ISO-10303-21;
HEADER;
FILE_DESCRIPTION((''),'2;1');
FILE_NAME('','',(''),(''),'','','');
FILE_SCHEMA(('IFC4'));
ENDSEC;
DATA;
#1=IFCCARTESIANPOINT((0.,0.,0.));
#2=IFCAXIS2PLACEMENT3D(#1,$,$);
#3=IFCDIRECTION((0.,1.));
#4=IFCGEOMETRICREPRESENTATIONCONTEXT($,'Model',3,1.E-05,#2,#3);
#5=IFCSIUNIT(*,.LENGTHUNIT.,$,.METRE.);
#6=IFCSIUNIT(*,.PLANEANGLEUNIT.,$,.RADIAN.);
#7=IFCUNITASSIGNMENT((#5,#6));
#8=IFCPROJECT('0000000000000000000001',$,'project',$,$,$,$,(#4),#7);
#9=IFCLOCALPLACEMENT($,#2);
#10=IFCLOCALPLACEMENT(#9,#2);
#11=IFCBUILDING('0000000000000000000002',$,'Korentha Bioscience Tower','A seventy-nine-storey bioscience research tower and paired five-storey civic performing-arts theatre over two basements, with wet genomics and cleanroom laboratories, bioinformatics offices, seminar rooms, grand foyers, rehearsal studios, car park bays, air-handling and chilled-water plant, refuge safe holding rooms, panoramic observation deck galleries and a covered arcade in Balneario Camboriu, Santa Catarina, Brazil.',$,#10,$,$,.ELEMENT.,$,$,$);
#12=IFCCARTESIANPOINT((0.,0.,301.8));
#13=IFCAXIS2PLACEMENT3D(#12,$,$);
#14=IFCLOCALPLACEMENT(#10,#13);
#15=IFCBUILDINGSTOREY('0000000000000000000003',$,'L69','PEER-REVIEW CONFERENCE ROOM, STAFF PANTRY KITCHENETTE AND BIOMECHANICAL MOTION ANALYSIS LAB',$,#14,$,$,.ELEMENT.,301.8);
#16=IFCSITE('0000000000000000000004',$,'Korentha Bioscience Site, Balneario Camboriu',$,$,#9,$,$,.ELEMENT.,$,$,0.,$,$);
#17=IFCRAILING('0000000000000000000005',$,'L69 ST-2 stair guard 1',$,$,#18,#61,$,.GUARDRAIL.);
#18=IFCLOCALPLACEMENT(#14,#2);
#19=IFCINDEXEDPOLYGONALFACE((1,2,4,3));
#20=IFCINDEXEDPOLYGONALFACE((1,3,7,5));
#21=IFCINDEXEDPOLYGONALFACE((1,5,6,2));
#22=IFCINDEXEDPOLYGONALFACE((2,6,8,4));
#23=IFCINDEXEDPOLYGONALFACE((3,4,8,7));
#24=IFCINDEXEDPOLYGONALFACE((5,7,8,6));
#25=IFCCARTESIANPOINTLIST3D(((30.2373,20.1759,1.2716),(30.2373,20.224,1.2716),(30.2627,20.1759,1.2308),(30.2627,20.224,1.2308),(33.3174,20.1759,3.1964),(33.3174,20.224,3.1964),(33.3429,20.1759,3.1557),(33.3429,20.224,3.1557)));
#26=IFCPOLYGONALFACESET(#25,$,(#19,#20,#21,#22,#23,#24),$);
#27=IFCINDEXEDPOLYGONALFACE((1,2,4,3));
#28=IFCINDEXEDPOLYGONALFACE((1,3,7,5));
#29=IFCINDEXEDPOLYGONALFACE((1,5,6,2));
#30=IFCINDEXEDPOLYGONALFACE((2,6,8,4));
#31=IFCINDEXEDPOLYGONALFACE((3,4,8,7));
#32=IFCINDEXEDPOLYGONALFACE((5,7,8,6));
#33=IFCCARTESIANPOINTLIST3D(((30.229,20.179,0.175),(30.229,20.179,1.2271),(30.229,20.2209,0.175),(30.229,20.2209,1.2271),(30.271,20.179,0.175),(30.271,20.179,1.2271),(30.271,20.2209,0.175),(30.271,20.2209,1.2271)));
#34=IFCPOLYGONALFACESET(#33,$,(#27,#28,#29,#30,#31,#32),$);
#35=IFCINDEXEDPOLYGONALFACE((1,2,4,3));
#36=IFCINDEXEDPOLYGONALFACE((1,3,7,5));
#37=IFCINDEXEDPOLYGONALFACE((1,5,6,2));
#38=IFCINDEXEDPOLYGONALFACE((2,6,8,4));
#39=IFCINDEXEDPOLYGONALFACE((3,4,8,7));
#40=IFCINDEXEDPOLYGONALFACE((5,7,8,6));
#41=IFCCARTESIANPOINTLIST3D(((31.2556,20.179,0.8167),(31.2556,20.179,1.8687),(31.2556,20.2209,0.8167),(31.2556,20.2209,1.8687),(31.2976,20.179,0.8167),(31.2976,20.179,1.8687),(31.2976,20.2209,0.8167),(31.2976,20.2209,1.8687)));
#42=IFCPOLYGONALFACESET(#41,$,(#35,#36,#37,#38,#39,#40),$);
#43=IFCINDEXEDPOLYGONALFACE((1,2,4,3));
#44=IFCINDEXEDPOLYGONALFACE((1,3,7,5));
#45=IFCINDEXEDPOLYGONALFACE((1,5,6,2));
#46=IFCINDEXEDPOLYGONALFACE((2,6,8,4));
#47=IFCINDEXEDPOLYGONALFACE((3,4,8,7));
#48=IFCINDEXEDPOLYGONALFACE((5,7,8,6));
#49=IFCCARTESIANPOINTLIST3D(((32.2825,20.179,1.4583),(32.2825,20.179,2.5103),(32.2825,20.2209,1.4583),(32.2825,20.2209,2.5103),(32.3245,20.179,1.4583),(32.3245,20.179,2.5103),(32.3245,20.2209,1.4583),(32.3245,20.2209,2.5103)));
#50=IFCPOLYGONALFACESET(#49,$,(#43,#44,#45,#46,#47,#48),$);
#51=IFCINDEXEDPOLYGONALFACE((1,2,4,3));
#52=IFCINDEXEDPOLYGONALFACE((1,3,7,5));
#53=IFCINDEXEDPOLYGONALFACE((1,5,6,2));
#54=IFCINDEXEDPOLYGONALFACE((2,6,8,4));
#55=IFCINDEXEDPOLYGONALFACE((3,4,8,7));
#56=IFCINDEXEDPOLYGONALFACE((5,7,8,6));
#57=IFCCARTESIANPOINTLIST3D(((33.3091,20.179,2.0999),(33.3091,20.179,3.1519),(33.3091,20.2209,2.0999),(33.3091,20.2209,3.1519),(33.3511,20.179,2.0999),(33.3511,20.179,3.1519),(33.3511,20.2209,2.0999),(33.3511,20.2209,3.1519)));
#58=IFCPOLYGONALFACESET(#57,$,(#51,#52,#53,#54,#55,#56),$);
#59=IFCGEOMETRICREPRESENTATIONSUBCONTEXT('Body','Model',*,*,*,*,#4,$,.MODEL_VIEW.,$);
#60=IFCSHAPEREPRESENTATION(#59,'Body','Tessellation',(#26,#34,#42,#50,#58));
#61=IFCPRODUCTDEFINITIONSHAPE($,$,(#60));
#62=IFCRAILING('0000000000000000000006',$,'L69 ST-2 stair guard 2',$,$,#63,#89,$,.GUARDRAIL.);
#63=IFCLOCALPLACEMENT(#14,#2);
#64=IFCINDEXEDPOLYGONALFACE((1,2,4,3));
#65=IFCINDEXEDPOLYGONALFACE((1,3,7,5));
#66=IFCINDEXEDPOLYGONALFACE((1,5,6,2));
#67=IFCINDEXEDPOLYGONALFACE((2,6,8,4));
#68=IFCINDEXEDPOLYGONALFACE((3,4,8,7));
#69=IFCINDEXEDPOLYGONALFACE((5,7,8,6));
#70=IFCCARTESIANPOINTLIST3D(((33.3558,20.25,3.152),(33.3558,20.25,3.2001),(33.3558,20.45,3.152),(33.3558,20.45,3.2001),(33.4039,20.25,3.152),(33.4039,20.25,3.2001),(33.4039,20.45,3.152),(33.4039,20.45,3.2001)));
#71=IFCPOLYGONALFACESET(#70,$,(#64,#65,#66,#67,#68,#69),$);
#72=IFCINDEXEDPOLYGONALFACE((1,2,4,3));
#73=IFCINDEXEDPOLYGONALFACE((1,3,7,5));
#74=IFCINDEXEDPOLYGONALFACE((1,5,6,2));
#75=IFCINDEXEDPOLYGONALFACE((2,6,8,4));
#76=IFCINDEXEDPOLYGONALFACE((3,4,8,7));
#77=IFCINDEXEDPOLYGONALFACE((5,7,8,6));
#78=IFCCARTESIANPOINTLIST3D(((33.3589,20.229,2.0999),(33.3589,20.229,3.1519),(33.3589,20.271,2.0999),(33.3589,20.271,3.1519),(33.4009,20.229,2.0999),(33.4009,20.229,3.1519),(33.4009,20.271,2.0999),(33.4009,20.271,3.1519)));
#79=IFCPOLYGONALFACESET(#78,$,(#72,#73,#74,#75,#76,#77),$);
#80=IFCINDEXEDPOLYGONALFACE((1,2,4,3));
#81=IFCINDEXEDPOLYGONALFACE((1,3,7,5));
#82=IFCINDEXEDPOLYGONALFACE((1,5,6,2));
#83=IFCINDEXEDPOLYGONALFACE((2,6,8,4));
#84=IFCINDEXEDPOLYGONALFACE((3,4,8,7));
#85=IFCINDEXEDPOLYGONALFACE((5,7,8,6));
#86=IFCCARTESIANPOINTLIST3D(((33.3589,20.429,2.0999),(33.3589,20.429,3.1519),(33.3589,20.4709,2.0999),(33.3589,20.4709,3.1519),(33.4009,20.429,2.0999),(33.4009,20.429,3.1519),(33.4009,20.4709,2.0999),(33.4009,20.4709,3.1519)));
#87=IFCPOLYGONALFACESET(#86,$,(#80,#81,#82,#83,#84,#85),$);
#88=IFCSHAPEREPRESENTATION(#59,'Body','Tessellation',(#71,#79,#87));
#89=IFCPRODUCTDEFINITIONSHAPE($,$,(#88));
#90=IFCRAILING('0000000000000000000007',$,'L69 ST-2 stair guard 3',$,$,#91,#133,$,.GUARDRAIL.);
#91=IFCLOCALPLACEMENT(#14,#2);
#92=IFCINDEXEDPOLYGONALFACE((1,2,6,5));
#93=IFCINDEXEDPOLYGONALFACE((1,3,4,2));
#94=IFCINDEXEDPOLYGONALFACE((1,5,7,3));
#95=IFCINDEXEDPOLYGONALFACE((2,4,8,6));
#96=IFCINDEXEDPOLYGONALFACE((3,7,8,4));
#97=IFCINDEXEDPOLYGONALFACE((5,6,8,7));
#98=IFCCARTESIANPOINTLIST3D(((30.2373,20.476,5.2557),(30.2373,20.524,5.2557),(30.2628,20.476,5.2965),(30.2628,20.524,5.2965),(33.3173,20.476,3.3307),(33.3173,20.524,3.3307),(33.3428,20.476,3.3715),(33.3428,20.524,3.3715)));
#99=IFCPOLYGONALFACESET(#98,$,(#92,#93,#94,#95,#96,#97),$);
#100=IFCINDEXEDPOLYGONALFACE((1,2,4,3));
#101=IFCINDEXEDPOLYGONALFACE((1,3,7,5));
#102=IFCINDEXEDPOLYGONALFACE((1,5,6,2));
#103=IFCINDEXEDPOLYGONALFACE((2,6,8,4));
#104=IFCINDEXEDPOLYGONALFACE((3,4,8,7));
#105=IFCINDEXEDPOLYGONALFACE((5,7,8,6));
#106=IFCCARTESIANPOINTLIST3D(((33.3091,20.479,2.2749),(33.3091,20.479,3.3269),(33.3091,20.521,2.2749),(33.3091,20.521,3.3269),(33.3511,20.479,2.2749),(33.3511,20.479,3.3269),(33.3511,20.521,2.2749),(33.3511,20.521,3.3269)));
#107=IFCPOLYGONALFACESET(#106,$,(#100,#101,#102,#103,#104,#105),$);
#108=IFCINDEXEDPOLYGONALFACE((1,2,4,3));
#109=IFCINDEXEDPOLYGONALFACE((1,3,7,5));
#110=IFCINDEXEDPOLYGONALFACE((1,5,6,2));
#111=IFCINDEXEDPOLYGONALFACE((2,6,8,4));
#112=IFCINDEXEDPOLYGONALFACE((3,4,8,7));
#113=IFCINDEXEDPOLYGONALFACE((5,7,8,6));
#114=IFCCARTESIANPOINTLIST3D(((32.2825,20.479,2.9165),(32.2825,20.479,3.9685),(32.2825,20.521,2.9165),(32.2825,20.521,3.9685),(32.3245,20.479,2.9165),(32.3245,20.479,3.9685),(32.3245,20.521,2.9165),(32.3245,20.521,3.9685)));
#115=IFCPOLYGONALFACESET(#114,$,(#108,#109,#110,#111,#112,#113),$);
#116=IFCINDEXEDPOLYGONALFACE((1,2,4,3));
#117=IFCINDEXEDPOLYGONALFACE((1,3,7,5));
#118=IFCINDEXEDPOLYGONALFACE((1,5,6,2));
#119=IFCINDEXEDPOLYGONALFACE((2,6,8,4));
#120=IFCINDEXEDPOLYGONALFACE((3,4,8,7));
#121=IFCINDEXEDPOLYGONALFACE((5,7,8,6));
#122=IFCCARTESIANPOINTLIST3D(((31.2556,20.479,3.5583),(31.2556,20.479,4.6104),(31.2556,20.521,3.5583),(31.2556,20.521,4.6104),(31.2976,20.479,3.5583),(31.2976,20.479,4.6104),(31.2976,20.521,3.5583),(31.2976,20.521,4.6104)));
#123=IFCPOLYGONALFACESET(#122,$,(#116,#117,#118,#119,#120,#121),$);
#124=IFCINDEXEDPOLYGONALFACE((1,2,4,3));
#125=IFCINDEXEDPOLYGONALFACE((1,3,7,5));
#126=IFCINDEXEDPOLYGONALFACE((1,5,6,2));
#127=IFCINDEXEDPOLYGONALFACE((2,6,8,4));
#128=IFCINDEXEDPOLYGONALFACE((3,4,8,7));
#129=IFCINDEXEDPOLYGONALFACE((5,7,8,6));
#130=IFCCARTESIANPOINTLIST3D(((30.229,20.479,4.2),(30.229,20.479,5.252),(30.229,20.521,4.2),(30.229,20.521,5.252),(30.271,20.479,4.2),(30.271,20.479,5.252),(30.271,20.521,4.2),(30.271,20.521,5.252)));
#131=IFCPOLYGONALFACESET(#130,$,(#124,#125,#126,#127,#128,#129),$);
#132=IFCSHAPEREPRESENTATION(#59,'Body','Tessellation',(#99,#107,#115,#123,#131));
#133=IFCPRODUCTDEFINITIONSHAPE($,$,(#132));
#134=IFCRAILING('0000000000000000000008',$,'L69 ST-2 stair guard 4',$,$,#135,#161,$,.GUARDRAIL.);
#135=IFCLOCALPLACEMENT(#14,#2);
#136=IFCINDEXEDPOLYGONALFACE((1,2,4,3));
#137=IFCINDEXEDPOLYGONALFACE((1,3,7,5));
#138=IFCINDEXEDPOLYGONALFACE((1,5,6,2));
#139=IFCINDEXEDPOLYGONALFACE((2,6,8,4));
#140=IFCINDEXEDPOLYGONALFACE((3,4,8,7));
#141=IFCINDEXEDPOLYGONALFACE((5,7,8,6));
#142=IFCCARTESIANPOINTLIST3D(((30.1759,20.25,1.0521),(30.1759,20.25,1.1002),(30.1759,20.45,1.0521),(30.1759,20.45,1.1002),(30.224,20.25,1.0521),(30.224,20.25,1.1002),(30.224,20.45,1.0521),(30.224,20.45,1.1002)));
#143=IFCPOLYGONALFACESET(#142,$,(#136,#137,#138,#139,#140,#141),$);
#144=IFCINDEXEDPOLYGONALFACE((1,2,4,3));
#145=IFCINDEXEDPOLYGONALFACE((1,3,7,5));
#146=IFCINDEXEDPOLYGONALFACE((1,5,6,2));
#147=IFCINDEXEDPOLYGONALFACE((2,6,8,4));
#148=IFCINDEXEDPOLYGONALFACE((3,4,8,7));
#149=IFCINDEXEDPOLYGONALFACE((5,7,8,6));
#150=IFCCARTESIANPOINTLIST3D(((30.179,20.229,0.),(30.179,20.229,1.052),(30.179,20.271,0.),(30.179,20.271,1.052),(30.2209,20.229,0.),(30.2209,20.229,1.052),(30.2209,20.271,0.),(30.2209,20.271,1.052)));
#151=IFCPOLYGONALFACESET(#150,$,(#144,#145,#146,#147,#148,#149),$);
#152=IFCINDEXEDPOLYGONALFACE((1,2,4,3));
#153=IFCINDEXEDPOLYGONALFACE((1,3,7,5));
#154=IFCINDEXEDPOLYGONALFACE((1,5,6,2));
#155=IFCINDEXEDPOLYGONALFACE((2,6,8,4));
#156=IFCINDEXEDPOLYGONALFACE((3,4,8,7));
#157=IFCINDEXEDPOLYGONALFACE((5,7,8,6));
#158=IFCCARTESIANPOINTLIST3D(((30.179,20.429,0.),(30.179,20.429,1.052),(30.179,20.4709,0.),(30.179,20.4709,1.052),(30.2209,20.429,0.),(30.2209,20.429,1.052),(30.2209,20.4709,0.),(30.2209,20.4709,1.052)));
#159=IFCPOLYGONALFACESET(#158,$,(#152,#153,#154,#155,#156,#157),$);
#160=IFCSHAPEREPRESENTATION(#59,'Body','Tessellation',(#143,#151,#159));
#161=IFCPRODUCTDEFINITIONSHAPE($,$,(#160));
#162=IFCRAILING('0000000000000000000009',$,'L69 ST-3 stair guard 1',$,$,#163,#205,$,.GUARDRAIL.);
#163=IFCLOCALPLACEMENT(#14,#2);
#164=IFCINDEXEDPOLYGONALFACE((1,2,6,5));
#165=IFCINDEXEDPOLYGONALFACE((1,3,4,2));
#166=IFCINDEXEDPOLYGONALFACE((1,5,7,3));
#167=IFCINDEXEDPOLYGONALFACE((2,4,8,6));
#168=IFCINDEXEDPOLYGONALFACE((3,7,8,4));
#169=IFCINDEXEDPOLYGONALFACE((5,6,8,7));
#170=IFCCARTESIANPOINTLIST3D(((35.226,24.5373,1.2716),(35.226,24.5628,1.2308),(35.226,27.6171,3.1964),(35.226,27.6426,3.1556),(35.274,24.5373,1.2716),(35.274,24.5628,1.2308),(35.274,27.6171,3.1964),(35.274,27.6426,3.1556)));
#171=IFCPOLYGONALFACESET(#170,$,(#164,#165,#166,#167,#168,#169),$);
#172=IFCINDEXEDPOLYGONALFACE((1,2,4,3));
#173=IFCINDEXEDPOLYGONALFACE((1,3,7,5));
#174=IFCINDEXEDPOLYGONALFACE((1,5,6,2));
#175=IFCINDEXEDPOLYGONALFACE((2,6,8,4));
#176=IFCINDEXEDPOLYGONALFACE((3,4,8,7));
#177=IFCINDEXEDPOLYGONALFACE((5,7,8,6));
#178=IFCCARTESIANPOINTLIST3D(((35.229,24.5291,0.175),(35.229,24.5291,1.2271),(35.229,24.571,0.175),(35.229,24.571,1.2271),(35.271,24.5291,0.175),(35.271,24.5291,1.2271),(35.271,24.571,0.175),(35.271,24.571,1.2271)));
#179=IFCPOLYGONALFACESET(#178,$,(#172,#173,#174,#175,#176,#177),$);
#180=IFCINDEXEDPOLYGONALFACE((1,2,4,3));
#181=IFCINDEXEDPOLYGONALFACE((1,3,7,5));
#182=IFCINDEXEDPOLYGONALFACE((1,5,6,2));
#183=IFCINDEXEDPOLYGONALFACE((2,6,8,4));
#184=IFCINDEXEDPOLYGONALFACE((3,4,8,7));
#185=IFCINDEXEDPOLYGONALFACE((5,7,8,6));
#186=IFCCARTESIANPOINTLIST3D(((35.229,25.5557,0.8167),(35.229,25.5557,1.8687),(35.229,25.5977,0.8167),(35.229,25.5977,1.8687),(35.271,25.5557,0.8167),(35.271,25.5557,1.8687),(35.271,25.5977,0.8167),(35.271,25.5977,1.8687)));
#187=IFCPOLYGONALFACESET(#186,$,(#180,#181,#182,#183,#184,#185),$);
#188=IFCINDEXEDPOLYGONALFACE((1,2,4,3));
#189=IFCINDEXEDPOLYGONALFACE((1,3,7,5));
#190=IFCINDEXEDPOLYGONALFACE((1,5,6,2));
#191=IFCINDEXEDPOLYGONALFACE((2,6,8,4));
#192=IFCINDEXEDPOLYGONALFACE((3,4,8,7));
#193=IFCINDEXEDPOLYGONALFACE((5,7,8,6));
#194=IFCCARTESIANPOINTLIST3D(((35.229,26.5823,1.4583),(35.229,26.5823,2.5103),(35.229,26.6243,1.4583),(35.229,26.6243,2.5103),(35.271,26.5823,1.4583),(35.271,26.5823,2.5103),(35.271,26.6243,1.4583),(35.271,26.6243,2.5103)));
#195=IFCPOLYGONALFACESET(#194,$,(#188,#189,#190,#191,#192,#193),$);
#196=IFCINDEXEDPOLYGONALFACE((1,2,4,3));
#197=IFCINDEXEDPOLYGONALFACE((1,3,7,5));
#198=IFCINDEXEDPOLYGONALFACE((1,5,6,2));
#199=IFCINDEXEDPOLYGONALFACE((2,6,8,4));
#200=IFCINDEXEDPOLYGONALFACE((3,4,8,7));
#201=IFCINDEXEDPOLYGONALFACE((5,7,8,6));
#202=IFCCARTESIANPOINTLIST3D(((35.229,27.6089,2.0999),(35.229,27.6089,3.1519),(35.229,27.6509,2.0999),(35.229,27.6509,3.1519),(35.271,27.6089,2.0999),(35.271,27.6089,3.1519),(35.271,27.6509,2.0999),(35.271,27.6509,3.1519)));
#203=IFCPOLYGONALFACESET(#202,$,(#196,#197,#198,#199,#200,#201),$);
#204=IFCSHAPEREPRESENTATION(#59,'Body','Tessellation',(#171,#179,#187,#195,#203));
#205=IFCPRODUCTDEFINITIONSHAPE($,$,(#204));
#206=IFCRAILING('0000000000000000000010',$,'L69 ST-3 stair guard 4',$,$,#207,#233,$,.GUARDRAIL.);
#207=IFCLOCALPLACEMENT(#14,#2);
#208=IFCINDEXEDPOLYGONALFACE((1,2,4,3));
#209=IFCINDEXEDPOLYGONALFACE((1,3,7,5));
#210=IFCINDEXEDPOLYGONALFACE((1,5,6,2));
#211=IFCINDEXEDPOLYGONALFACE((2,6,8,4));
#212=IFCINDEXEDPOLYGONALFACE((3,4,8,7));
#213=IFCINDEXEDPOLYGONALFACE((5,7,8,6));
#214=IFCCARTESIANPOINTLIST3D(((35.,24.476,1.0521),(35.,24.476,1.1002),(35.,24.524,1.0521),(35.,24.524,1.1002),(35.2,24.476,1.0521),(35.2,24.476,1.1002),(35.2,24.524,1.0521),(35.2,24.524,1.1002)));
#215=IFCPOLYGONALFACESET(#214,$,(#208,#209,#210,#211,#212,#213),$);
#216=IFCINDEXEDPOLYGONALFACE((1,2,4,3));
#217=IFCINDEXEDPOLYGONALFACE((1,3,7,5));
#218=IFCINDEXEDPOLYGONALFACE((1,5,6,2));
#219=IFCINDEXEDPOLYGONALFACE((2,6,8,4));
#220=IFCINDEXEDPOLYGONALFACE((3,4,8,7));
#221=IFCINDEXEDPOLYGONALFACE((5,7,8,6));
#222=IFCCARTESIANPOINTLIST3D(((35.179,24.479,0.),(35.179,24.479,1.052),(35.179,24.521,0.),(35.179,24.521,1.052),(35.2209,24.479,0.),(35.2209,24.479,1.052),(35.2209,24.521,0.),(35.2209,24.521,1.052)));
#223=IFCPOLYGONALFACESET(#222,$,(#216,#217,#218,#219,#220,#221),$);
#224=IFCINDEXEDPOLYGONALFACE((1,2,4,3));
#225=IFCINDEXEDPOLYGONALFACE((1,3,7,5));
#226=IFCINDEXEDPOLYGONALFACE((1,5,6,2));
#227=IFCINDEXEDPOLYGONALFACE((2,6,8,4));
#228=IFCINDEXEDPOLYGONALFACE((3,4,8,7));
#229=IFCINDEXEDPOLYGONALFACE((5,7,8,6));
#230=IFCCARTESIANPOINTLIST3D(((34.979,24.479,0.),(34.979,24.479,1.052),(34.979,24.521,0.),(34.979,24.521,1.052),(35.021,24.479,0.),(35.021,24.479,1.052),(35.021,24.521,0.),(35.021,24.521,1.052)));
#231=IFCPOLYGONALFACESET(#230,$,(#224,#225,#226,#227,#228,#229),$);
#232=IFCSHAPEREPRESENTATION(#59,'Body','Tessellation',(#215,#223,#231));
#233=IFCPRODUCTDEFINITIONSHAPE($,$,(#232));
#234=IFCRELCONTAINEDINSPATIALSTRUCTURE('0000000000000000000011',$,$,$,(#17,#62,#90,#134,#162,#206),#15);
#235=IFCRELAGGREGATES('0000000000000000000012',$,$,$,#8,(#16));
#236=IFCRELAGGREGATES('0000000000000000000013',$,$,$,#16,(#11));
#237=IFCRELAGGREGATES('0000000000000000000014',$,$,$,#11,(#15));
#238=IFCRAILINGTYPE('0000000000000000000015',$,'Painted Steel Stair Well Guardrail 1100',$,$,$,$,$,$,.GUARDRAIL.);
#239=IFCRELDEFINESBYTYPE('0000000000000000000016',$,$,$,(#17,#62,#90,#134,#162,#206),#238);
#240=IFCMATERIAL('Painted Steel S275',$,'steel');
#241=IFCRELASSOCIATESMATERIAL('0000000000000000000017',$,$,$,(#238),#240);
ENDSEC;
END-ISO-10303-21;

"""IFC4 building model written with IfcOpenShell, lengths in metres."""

from ifc_helpers import new_model, si_unit, direction, frame, origin, origin_2d, place, context, subcontext, project, spatial, rectangle, extrude, material, type_object, element, save


model = new_model("IFC4")

# Units and contexts
model_context = context("Model", 3, precision=1e-05, world=origin(), true_north=direction((0.0, 1.0)))
body_context = subcontext(model_context, "Body", "Model", "MODEL_VIEW")
ifc_project = project(units=[si_unit("LENGTHUNIT", "METRE"), si_unit("PLANEANGLEUNIT", "RADIAN")], contexts=[model_context])

# Site, building, storey
site_placement = place(None, origin())
site = spatial("IfcSite", under=ifc_project, at=site_placement, Name="Korentha Bioscience Site, Balneario Camboriu", CompositionType="ELEMENT", RefElevation=0.0)
building_placement = place(site_placement, origin())
building = spatial("IfcBuilding", under=site, at=building_placement, Name="Korentha Bioscience Tower", Description="A seventy-nine-storey bioscience research tower and paired five-storey civic performing-arts theatre over two basements, with wet genomics and cleanroom laboratories, bioinformatics offices, seminar rooms, grand foyers, rehearsal studios, car park bays, air-handling and chilled-water plant, refuge safe holding rooms, panoramic observation deck galleries and a covered arcade in Balneario Camboriu, Santa Catarina, Brazil.", CompositionType="ELEMENT")
storey_placement = place(building_placement, frame((0.0, 0.0, 301.8)))
storey = spatial("IfcBuildingStorey", under=building, at=storey_placement, Name="L69", Description="PEER-REVIEW CONFERENCE ROOM, STAFF PANTRY KITCHENETTE AND BIOMECHANICAL MOTION ANALYSIS LAB", CompositionType="ELEMENT", Elevation=301.8)

# Railings
ifc_material_1 = material(Name="Painted Steel S275", Category="steel")
railing_type_1 = type_object("IfcRailingType", Name="Painted Steel Stair Well Guardrail 1100", PredefinedType="GUARDRAIL", material=ifc_material_1)
railing_1_placement = place(storey_placement, frame((30.25, 20.2, 0.175)))
element("IfcRailing", 1, at=railing_1_placement, inside=storey, type_object=railing_type_1, Name="L69 ST-2 stair guard 1", PredefinedType="GUARDRAIL", context=body_context, shape_type="SweptSolid", body=[
    extrude(rectangle(XDim=0.0481, YDim=0.0481, at=origin_2d()), frame((0.0, 0.0, 1.0762), z_axis=(0.848029, 0.0, 0.529951), x_axis=(0.0, 1.0, 0.0)), (0.0, 0.0, 1.0), 3.6321),
    extrude(rectangle(XDim=0.042, YDim=0.042, at=origin_2d()), origin(), (0.0, 0.0, 1.0), 1.052),
    extrude(rectangle(XDim=0.042, YDim=0.042, at=origin_2d()), frame((1.0266, 0.0, 0.6416)), (0.0, 0.0, 1.0), 1.052),
    extrude(rectangle(XDim=0.042, YDim=0.042, at=origin_2d()), frame((2.0535, 0.0, 1.2832)), (0.0, 0.0, 1.0), 1.052),
    extrude(rectangle(XDim=0.042, YDim=0.042, at=origin_2d()), frame((3.0801, 0.0, 1.9248)), (0.0, 0.0, 1.0), 1.052),
])
railing_2_placement = place(storey_placement, frame((33.3799, 20.25, 2.0999)))
element("IfcRailing", 2, at=railing_2_placement, inside=storey, type_object=railing_type_1, Name="L69 ST-2 stair guard 2", PredefinedType="GUARDRAIL", context=body_context, shape_type="SweptSolid", body=[
    extrude(rectangle(XDim=0.0481, YDim=0.0481, at=origin_2d()), frame((0.0, 0.0, 1.0762), z_axis=(0.0, 1.0, 0.0), x_axis=(-1.0, 0.0, 0.0)), (0.0, 0.0, 1.0), 0.2),
    extrude(rectangle(XDim=0.042, YDim=0.042, at=origin_2d()), origin(), (0.0, 0.0, 1.0), 1.052),
    extrude(rectangle(XDim=0.042, YDim=0.042, at=origin_2d()), frame((0.0, 0.2, 0.0)), (0.0, 0.0, 1.0), 1.052),
])
railing_3_placement = place(storey_placement, frame((33.3301, 20.5, 2.2749)))
element("IfcRailing", 3, at=railing_3_placement, inside=storey, type_object=railing_type_1, Name="L69 ST-2 stair guard 3", PredefinedType="GUARDRAIL", context=body_context, shape_type="SweptSolid", body=[
    extrude(rectangle(XDim=0.0481, YDim=0.0481, at=origin_2d()), frame((0.0, 0.0, 1.0762), z_axis=(-0.847998, 0.0, 0.529999), x_axis=(0.0, -1.0, 0.0)), (0.0, 0.0, 1.0), 3.6321),
    extrude(rectangle(XDim=0.042, YDim=0.042, at=origin_2d()), origin(), (0.0, 0.0, 1.0), 1.052),
    extrude(rectangle(XDim=0.042, YDim=0.042, at=origin_2d()), frame((-1.0266, 0.0, 0.6416)), (0.0, 0.0, 1.0), 1.052),
    extrude(rectangle(XDim=0.042, YDim=0.042, at=origin_2d()), frame((-2.0535, 0.0, 1.2834)), (0.0, 0.0, 1.0), 1.052),
    extrude(rectangle(XDim=0.042, YDim=0.042, at=origin_2d()), frame((-3.0801, 0.0, 1.925)), (0.0, 0.0, 1.0), 1.052),
])
railing_4_placement = place(storey_placement, frame((30.2, 20.25, 0.0)))
element("IfcRailing", 4, at=railing_4_placement, inside=storey, type_object=railing_type_1, Name="L69 ST-2 stair guard 4", PredefinedType="GUARDRAIL", context=body_context, shape_type="SweptSolid", body=[
    extrude(rectangle(XDim=0.0481, YDim=0.0481, at=origin_2d()), frame((0.0, 0.0, 1.0762), z_axis=(0.0, 1.0, 0.0), x_axis=(-1.0, 0.0, 0.0)), (0.0, 0.0, 1.0), 0.2),
    extrude(rectangle(XDim=0.042, YDim=0.042, at=origin_2d()), origin(), (0.0, 0.0, 1.0), 1.052),
    extrude(rectangle(XDim=0.042, YDim=0.042, at=origin_2d()), frame((0.0, 0.2, 0.0)), (0.0, 0.0, 1.0), 1.052),
])
railing_5_placement = place(storey_placement, frame((35.25, 24.55, 0.175)))
element("IfcRailing", 5, at=railing_5_placement, inside=storey, type_object=railing_type_1, Name="L69 ST-3 stair guard 1", PredefinedType="GUARDRAIL", context=body_context, shape_type="SweptSolid", body=[
    extrude(rectangle(XDim=0.0481, YDim=0.0481, at=origin_2d()), frame((0.0, 0.0, 1.0762), z_axis=(0.0, 0.84801, 0.529981), x_axis=(-1.0, 0.0, 0.0)), (0.0, 0.0, 1.0), 3.6318),
    extrude(rectangle(XDim=0.042, YDim=0.042, at=origin_2d()), origin(), (0.0, 0.0, 1.0), 1.052),
    extrude(rectangle(XDim=0.042, YDim=0.042, at=origin_2d()), frame((0.0, 1.0266, 0.6416)), (0.0, 0.0, 1.0), 1.052),
    extrude(rectangle(XDim=0.042, YDim=0.042, at=origin_2d()), frame((0.0, 2.0532, 1.2832)), (0.0, 0.0, 1.0), 1.052),
    extrude(rectangle(XDim=0.042, YDim=0.042, at=origin_2d()), frame((0.0, 3.0798, 1.9248)), (0.0, 0.0, 1.0), 1.052),
])
railing_6_placement = place(storey_placement, frame((35.2, 24.5, 0.0)))
element("IfcRailing", 6, at=railing_6_placement, inside=storey, type_object=railing_type_1, Name="L69 ST-3 stair guard 4", PredefinedType="GUARDRAIL", context=body_context, shape_type="SweptSolid", body=[
    extrude(rectangle(XDim=0.0481, YDim=0.0481, at=origin_2d()), frame((0.0, 0.0, 1.0762), z_axis=(-1.0, 0.0, 0.0), x_axis=(0.0, -1.0, 0.0)), (0.0, 0.0, 1.0), 0.2),
    extrude(rectangle(XDim=0.042, YDim=0.042, at=origin_2d()), origin(), (0.0, 0.0, 1.0), 1.052),
    extrude(rectangle(XDim=0.042, YDim=0.042, at=origin_2d()), frame((-0.2, 0.0, 0.0)), (0.0, 0.0, 1.0), 1.052),
])

save(model, "model.ifc")
